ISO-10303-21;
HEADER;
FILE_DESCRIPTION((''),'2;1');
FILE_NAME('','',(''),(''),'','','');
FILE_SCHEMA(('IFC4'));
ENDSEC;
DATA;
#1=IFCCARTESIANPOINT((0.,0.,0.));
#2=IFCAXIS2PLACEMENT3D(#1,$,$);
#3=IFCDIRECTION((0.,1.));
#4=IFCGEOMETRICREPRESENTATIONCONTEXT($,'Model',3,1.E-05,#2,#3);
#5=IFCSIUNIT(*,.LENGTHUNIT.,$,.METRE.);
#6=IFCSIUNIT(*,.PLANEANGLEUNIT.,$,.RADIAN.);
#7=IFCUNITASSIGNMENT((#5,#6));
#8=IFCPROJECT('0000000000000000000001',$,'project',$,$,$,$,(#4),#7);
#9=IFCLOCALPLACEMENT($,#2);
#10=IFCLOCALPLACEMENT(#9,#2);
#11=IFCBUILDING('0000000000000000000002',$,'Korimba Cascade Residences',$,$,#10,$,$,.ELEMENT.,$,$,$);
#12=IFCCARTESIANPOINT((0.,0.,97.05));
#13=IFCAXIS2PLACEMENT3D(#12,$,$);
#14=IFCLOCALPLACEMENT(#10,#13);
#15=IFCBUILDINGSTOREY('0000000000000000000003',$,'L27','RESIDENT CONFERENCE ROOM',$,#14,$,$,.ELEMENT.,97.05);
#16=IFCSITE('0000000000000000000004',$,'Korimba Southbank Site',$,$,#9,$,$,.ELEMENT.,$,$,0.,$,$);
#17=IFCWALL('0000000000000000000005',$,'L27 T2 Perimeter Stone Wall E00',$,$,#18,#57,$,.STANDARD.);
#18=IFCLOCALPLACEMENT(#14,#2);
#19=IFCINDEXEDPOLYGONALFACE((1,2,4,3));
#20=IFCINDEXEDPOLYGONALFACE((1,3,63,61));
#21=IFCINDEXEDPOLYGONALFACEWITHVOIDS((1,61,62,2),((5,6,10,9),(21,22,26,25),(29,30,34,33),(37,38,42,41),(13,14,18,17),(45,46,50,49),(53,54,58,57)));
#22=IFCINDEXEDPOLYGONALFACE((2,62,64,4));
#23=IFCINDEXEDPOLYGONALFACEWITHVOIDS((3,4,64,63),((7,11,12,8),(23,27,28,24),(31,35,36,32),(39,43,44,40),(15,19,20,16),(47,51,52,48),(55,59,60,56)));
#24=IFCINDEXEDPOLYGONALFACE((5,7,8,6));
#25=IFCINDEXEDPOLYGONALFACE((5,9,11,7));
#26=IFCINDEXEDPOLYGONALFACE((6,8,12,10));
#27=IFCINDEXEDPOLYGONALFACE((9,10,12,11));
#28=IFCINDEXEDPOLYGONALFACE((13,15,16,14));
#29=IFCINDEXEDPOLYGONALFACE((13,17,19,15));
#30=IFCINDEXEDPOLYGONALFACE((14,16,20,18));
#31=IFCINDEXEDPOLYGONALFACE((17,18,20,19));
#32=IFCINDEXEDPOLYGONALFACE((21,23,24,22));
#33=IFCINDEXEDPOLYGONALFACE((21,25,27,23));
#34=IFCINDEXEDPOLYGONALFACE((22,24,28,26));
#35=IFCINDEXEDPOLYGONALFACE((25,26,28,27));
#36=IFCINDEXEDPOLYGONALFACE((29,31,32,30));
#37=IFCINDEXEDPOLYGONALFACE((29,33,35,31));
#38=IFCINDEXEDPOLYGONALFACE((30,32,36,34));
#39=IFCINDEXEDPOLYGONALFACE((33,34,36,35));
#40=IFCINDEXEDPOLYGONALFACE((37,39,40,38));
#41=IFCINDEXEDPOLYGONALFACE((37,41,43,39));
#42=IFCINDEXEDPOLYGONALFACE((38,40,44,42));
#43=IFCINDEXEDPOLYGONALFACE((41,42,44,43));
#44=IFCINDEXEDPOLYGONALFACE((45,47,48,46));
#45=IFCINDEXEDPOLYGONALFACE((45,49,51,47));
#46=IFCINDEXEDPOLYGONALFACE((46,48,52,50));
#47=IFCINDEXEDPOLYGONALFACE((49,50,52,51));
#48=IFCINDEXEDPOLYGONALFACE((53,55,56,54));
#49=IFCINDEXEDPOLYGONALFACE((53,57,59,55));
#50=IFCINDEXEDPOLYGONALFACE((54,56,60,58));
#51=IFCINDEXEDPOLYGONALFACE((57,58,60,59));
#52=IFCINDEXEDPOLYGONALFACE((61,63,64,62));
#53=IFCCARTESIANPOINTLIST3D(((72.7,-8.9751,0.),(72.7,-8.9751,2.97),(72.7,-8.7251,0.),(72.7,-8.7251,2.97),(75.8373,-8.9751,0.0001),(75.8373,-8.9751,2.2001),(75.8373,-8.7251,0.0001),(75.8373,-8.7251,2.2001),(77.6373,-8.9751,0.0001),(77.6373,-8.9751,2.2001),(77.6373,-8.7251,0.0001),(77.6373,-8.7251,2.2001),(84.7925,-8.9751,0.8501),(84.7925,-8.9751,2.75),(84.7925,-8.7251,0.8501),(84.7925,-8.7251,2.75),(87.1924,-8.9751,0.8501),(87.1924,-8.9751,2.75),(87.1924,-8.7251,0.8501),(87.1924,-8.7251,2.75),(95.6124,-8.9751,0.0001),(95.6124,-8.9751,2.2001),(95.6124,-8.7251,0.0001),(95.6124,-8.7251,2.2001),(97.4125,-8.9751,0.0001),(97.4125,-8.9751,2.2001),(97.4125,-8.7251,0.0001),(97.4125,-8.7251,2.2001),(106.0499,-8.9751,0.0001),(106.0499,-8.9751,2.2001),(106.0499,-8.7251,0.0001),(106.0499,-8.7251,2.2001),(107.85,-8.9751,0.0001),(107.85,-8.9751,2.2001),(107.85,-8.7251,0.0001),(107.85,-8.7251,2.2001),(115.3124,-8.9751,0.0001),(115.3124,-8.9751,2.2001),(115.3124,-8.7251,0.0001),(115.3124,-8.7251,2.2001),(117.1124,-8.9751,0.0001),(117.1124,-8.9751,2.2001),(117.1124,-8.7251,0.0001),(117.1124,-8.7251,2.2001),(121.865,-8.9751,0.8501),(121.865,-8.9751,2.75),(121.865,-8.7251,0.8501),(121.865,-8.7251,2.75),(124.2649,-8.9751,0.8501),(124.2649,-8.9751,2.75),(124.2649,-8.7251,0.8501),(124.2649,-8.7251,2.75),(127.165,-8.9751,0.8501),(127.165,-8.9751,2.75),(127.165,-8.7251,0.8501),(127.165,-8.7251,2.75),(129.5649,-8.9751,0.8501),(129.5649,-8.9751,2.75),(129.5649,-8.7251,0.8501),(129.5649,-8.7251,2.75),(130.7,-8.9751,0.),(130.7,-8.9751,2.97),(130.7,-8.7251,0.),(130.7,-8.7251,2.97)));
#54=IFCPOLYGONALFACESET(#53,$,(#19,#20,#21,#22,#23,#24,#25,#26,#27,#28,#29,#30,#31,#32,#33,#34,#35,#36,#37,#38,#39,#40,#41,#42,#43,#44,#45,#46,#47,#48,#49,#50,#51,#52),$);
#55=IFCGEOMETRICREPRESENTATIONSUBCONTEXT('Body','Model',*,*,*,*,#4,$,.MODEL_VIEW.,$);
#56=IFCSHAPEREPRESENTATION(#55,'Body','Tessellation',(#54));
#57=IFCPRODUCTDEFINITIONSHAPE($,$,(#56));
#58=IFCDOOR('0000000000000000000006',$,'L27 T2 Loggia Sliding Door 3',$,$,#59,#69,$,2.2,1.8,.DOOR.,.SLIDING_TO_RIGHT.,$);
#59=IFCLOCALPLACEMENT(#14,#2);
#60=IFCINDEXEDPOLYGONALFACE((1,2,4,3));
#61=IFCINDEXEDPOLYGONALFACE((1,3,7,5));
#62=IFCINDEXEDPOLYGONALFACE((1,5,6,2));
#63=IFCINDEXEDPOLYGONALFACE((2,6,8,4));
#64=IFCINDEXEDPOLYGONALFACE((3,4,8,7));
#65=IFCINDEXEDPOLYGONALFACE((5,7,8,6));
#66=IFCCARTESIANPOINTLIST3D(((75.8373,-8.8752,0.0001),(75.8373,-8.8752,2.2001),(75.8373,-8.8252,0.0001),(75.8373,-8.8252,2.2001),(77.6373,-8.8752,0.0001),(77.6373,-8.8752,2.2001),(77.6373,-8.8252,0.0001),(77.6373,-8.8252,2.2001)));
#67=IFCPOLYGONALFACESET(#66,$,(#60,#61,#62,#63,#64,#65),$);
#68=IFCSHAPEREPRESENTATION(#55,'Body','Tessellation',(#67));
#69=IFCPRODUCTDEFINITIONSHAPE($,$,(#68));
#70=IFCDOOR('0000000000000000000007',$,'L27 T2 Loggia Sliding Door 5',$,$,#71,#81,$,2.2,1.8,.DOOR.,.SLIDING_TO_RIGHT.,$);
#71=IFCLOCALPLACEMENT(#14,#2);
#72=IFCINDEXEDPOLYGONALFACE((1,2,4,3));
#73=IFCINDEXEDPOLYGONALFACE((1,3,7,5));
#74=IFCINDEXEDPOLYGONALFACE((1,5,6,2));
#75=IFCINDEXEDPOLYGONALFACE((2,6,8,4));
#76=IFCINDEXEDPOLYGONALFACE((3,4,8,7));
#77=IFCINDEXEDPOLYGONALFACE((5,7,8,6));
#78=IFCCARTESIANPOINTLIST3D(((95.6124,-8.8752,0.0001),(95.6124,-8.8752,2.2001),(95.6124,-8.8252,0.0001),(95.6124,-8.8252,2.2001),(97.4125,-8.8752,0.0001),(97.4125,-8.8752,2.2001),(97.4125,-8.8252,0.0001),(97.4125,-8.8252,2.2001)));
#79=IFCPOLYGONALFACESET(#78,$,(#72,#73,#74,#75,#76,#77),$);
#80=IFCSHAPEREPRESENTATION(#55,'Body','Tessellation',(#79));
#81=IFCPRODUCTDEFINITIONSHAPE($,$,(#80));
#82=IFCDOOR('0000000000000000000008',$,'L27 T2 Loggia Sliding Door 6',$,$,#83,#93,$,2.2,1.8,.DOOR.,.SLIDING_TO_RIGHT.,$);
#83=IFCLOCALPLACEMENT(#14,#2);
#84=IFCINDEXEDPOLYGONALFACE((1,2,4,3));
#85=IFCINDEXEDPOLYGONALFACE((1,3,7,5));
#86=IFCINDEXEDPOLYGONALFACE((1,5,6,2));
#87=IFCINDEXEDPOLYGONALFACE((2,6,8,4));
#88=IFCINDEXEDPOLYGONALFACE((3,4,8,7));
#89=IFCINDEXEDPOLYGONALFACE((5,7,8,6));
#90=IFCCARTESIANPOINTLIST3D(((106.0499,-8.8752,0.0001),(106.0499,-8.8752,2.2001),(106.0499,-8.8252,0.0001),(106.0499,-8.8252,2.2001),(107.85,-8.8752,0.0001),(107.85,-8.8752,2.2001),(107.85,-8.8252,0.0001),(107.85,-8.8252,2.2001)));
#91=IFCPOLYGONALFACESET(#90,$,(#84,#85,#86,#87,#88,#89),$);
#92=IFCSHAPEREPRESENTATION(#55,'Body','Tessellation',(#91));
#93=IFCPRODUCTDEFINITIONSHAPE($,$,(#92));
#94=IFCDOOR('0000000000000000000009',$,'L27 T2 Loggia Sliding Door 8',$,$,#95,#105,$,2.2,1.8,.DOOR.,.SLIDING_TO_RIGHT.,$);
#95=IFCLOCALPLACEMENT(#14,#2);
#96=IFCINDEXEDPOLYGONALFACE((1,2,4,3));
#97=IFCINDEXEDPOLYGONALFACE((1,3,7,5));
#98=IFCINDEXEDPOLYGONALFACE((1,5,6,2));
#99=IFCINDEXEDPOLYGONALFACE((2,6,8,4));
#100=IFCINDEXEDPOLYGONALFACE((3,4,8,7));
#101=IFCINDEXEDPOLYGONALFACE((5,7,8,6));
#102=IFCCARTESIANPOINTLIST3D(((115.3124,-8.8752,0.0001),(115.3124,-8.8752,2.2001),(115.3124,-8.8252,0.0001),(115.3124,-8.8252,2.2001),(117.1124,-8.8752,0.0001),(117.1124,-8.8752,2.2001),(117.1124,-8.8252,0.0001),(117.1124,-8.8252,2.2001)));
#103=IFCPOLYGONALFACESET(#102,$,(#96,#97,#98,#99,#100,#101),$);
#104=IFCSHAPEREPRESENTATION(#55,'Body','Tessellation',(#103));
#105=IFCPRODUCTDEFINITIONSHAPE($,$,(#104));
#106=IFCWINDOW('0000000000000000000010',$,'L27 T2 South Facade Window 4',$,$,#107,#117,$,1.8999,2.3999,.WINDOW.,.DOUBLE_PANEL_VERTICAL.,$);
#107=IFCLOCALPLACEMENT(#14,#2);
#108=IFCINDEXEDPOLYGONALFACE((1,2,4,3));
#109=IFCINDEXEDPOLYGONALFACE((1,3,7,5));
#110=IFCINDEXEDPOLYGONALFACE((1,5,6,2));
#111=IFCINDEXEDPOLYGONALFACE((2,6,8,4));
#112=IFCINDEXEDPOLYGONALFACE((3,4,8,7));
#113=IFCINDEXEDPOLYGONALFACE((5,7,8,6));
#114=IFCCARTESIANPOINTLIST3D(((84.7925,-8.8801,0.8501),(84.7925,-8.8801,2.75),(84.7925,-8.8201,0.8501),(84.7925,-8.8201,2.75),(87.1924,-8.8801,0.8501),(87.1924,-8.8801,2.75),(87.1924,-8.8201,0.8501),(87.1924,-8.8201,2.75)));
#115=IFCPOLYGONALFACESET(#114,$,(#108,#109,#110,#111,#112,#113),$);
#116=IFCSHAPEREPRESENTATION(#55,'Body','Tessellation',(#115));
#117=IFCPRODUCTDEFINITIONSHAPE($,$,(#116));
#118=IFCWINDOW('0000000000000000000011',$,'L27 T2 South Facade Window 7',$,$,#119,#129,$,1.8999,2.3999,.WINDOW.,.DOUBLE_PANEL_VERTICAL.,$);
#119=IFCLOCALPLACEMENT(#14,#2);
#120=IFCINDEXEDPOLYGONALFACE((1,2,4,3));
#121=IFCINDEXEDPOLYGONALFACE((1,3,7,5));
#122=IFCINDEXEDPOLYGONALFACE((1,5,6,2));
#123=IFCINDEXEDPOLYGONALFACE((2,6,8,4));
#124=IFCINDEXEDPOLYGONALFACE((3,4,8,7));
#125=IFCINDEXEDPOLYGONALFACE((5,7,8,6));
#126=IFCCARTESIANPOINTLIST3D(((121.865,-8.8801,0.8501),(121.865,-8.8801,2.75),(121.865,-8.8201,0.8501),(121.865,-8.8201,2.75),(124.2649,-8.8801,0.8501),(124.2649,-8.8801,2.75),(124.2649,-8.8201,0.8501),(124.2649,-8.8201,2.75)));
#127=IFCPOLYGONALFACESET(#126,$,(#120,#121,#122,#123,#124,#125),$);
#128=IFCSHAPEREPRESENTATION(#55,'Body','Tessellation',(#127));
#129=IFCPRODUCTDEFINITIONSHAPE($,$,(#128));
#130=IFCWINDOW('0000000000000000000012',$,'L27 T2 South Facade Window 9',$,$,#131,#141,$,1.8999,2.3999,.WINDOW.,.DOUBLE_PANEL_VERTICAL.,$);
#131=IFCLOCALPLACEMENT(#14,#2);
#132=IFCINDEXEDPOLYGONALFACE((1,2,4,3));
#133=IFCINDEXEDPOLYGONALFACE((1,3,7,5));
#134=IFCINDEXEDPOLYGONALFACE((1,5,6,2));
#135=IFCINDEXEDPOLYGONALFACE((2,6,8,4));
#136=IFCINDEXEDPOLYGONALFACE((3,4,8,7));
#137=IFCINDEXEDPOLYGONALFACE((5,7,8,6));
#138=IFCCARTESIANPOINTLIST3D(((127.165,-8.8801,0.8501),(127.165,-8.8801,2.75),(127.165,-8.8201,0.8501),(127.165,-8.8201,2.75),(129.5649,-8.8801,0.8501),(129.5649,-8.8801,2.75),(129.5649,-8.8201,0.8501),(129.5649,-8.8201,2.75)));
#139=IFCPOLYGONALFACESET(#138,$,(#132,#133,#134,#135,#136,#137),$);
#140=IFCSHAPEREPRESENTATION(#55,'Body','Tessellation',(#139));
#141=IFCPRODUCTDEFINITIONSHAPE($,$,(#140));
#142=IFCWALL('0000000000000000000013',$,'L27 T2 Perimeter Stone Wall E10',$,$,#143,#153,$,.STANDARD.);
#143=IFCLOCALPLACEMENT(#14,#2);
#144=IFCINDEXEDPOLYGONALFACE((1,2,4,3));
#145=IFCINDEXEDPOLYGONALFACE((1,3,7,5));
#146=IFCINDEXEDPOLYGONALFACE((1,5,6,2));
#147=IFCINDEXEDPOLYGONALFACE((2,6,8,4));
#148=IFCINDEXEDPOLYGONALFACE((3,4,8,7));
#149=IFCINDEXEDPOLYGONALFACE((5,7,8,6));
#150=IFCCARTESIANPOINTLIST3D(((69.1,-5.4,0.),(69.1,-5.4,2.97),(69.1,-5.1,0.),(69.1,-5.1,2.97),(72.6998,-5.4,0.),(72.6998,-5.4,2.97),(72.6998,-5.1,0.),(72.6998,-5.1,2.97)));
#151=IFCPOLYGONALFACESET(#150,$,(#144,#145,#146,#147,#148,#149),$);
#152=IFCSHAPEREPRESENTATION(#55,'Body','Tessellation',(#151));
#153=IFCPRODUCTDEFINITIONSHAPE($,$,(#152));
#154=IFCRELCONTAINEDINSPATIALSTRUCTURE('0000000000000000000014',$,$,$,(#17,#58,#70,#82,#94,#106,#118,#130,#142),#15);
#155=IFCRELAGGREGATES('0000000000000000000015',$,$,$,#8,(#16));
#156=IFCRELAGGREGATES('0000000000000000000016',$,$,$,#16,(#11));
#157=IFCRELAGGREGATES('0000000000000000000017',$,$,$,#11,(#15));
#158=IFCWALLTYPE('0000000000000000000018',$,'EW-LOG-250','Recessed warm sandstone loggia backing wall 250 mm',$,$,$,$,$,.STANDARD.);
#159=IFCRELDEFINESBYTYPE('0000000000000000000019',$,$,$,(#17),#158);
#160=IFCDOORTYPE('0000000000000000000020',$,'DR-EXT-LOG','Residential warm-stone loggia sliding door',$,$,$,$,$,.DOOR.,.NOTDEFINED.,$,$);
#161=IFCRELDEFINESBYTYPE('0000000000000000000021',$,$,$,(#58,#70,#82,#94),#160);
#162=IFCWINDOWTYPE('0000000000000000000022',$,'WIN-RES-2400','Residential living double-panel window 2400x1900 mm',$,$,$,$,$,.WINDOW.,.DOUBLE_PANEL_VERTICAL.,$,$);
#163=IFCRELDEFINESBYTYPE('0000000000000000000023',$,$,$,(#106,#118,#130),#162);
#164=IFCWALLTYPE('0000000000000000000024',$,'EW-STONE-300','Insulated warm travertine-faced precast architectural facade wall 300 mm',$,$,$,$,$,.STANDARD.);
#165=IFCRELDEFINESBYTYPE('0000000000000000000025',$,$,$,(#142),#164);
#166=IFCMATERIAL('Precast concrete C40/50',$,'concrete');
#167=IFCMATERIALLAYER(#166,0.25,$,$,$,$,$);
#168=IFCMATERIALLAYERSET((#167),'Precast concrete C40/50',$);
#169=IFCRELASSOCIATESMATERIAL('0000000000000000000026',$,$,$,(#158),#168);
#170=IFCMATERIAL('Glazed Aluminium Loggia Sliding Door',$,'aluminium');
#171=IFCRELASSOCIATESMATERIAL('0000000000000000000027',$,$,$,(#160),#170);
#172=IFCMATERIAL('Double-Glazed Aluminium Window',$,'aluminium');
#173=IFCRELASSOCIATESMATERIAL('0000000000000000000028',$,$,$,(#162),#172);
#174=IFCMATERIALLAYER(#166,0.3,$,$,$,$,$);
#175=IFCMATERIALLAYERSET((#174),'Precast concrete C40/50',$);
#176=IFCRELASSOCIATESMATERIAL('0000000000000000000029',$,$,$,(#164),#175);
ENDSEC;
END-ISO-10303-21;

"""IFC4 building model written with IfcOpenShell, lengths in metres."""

from ifc_helpers import new_model, si_unit, direction, frame, frame_2d, origin, place, context, subcontext, project, spatial, rectangle, extrude, material, layer, layer_set, type_object, element, fill, save


model = new_model("IFC4")

# Units and contexts
model_context = context("Model", 3, precision=1e-05, world=origin(), true_north=direction((0.0, 1.0)))
body_context = subcontext(model_context, "Body", "Model", "MODEL_VIEW")
ifc_project = project(units=[si_unit("LENGTHUNIT", "METRE"), si_unit("PLANEANGLEUNIT", "RADIAN")], contexts=[model_context])

# Site, building, storey
site_placement = place(None, origin())
site = spatial("IfcSite", under=ifc_project, at=site_placement, Name="Korimba Southbank Site", CompositionType="ELEMENT", RefElevation=0.0)
building_placement = place(site_placement, origin())
building = spatial("IfcBuilding", under=site, at=building_placement, Name="Korimba Cascade Residences", CompositionType="ELEMENT")
storey_placement = place(building_placement, frame((0.0, 0.0, 97.05)))
storey = spatial("IfcBuildingStorey", under=building, at=storey_placement, Name="L27", Description="RESIDENT CONFERENCE ROOM", CompositionType="ELEMENT", Elevation=97.05)

# Wall, openings, doors, windows
ifc_material_1 = material(Name="Precast concrete C40/50", Category="concrete")
ifc_layer_1 = layer(ifc_material_1, 0.25)
ifc_layer_set_1 = layer_set([ifc_layer_1], Name="Precast concrete C40/50")
wall_type_1 = type_object("IfcWallType", Name="EW-LOG-250", Description="Recessed warm sandstone loggia backing wall 250 mm", PredefinedType="STANDARD", material=ifc_layer_set_1)
wall_1_placement = place(storey_placement, frame((72.7, -8.8501, 0.0), z_axis=(0.0, 0.0, 1.0), x_axis=(1.0, 0.0, 0.0)))
wall_1 = element("IfcWall", 1, at=wall_1_placement, inside=storey, type_object=wall_type_1, Name="L27 T2 Perimeter Stone Wall E00", PredefinedType="STANDARD", context=body_context, shape_type="SweptSolid", body=[
    extrude(rectangle(XDim=58.0, YDim=0.25, at=frame_2d((29.0, 0.0))), origin(), (0.0, 0.0, 1.0), 2.97),
])
opening_1_placement = place(wall_1_placement, frame((3.1375, 0.0, 0.0)))
opening_1 = element("IfcOpeningElement", 2, at=opening_1_placement, cuts=wall_1, PredefinedType="OPENING", context=body_context, shape_type="SweptSolid", body=[
    extrude(rectangle(XDim=1.8, YDim=2.2, at=frame_2d((0.8999, 1.1001))), frame((0.0, 0.135, 0.0), z_axis=(0.0, -1.0, 0.0), x_axis=(1.0, 0.0, 0.0)), (0.0, 0.0, 1.0), 0.27),
])
opening_2_placement = place(wall_1_placement, frame((12.0925, 0.0, 0.8501)))
opening_2 = element("IfcOpeningElement", 3, at=opening_2_placement, cuts=wall_1, PredefinedType="OPENING", context=body_context, shape_type="SweptSolid", body=[
    extrude(rectangle(XDim=2.3999, YDim=1.8999, at=frame_2d((1.2, 0.95))), frame((0.0, 0.135, 0.0), z_axis=(0.0, -1.0, 0.0), x_axis=(1.0, 0.0, 0.0)), (0.0, 0.0, 1.0), 0.27),
])
opening_3_placement = place(wall_1_placement, frame((22.9126, 0.0, 0.0)))
opening_3 = element("IfcOpeningElement", 4, at=opening_3_placement, cuts=wall_1, PredefinedType="OPENING", context=body_context, shape_type="SweptSolid", body=[
    extrude(rectangle(XDim=1.8, YDim=2.2, at=frame_2d((0.8999, 1.1001))), frame((0.0, 0.135, 0.0), z_axis=(0.0, -1.0, 0.0), x_axis=(1.0, 0.0, 0.0)), (0.0, 0.0, 1.0), 0.27),
])
opening_4_placement = place(wall_1_placement, frame((33.3501, 0.0, 0.0)))
opening_4 = element("IfcOpeningElement", 5, at=opening_4_placement, cuts=wall_1, PredefinedType="OPENING", context=body_context, shape_type="SweptSolid", body=[
    extrude(rectangle(XDim=1.8, YDim=2.2, at=frame_2d((0.8999, 1.1001))), frame((0.0, 0.135, 0.0), z_axis=(0.0, -1.0, 0.0), x_axis=(1.0, 0.0, 0.0)), (0.0, 0.0, 1.0), 0.27),
])
opening_5_placement = place(wall_1_placement, frame((49.165, 0.0, 0.8501)))
opening_5 = element("IfcOpeningElement", 6, at=opening_5_placement, cuts=wall_1, PredefinedType="OPENING", context=body_context, shape_type="SweptSolid", body=[
    extrude(rectangle(XDim=2.3999, YDim=1.8999, at=frame_2d((1.2, 0.95))), frame((0.0, 0.135, 0.0), z_axis=(0.0, -1.0, 0.0), x_axis=(1.0, 0.0, 0.0)), (0.0, 0.0, 1.0), 0.27),
])
opening_6_placement = place(wall_1_placement, frame((42.6125, 0.0, 0.0)))
opening_6 = element("IfcOpeningElement", 7, at=opening_6_placement, cuts=wall_1, PredefinedType="OPENING", context=body_context, shape_type="SweptSolid", body=[
    extrude(rectangle(XDim=1.8, YDim=2.2, at=frame_2d((0.8999, 1.1001))), frame((0.0, 0.135, 0.0), z_axis=(0.0, -1.0, 0.0), x_axis=(1.0, 0.0, 0.0)), (0.0, 0.0, 1.0), 0.27),
])
opening_7_placement = place(wall_1_placement, frame((54.4651, 0.0, 0.8501)))
opening_7 = element("IfcOpeningElement", 8, at=opening_7_placement, cuts=wall_1, PredefinedType="OPENING", context=body_context, shape_type="SweptSolid", body=[
    extrude(rectangle(XDim=2.3999, YDim=1.8999, at=frame_2d((1.2, 0.95))), frame((0.0, 0.135, 0.0), z_axis=(0.0, -1.0, 0.0), x_axis=(1.0, 0.0, 0.0)), (0.0, 0.0, 1.0), 0.27),
])
ifc_material_2 = material(Name="Glazed Aluminium Loggia Sliding Door", Category="aluminium")
door_type_1 = type_object("IfcDoorType", Name="DR-EXT-LOG", Description="Residential warm-stone loggia sliding door", OperationType="NOTDEFINED", PredefinedType="DOOR", material=ifc_material_2)
door_1_placement = place(opening_1_placement, origin())
door_1 = element("IfcDoor", 9, at=door_1_placement, inside=storey, type_object=door_type_1, Name="L27 T2 Loggia Sliding Door 3", OperationType="SLIDING_TO_RIGHT", OverallHeight=2.2, OverallWidth=1.8, PredefinedType="DOOR", context=body_context, shape_type="SweptSolid", body=[
    extrude(rectangle(XDim=1.8, YDim=2.2, at=frame_2d((0.8999, 1.1001))), frame((0.0, 0.0249, 0.0), z_axis=(0.0, -1.0, 0.0), x_axis=(1.0, 0.0, 0.0)), (0.0, 0.0, 1.0), 0.05),
])
fill(opening_1, door_1)
door_2_placement = place(opening_3_placement, origin())
door_2 = element("IfcDoor", 10, at=door_2_placement, inside=storey, type_object=door_type_1, Name="L27 T2 Loggia Sliding Door 5", OperationType="SLIDING_TO_RIGHT", OverallHeight=2.2, OverallWidth=1.8, PredefinedType="DOOR", context=body_context, shape_type="SweptSolid", body=[
    extrude(rectangle(XDim=1.8, YDim=2.2, at=frame_2d((0.8999, 1.1001))), frame((0.0, 0.0249, 0.0), z_axis=(0.0, -1.0, 0.0), x_axis=(1.0, 0.0, 0.0)), (0.0, 0.0, 1.0), 0.05),
])
fill(opening_3, door_2)
door_3_placement = place(opening_4_placement, origin())
door_3 = element("IfcDoor", 11, at=door_3_placement, inside=storey, type_object=door_type_1, Name="L27 T2 Loggia Sliding Door 6", OperationType="SLIDING_TO_RIGHT", OverallHeight=2.2, OverallWidth=1.8, PredefinedType="DOOR", context=body_context, shape_type="SweptSolid", body=[
    extrude(rectangle(XDim=1.8, YDim=2.2, at=frame_2d((0.8999, 1.1001))), frame((0.0, 0.0249, 0.0), z_axis=(0.0, -1.0, 0.0), x_axis=(1.0, 0.0, 0.0)), (0.0, 0.0, 1.0), 0.05),
])
fill(opening_4, door_3)
door_4_placement = place(opening_6_placement, origin())
door_4 = element("IfcDoor", 12, at=door_4_placement, inside=storey, type_object=door_type_1, Name="L27 T2 Loggia Sliding Door 8", OperationType="SLIDING_TO_RIGHT", OverallHeight=2.2, OverallWidth=1.8, PredefinedType="DOOR", context=body_context, shape_type="SweptSolid", body=[
    extrude(rectangle(XDim=1.8, YDim=2.2, at=frame_2d((0.8999, 1.1001))), frame((0.0, 0.0249, 0.0), z_axis=(0.0, -1.0, 0.0), x_axis=(1.0, 0.0, 0.0)), (0.0, 0.0, 1.0), 0.05),
])
fill(opening_6, door_4)
ifc_material_3 = material(Name="Double-Glazed Aluminium Window", Category="aluminium")
window_type = type_object("IfcWindowType", Name="WIN-RES-2400", Description="Residential living double-panel window 2400x1900 mm", PartitioningType="DOUBLE_PANEL_VERTICAL", PredefinedType="WINDOW", material=ifc_material_3)
window_1_placement = place(opening_2_placement, origin())
window_1 = element("IfcWindow", 13, at=window_1_placement, inside=storey, type_object=window_type, Name="L27 T2 South Facade Window 4", OverallHeight=1.8999, OverallWidth=2.3999, PartitioningType="DOUBLE_PANEL_VERTICAL", PredefinedType="WINDOW", context=body_context, shape_type="SweptSolid", body=[
    extrude(rectangle(XDim=2.3999, YDim=1.8999, at=frame_2d((1.2, 0.95))), frame((0.0, 0.03, 0.0), z_axis=(0.0, -1.0, 0.0), x_axis=(1.0, 0.0, 0.0)), (0.0, 0.0, 1.0), 0.0601),
])
fill(opening_2, window_1)
window_2_placement = place(opening_5_placement, origin())
window_2 = element("IfcWindow", 14, at=window_2_placement, inside=storey, type_object=window_type, Name="L27 T2 South Facade Window 7", OverallHeight=1.8999, OverallWidth=2.3999, PartitioningType="DOUBLE_PANEL_VERTICAL", PredefinedType="WINDOW", context=body_context, shape_type="SweptSolid", body=[
    extrude(rectangle(XDim=2.3999, YDim=1.8999, at=frame_2d((1.2, 0.95))), frame((0.0, 0.03, 0.0), z_axis=(0.0, -1.0, 0.0), x_axis=(1.0, 0.0, 0.0)), (0.0, 0.0, 1.0), 0.0601),
])
fill(opening_5, window_2)
window_3_placement = place(opening_7_placement, origin())
window_3 = element("IfcWindow", 15, at=window_3_placement, inside=storey, type_object=window_type, Name="L27 T2 South Facade Window 9", OverallHeight=1.8999, OverallWidth=2.3999, PartitioningType="DOUBLE_PANEL_VERTICAL", PredefinedType="WINDOW", context=body_context, shape_type="SweptSolid", body=[
    extrude(rectangle(XDim=2.3999, YDim=1.8999, at=frame_2d((1.2, 0.95))), frame((0.0, 0.03, 0.0), z_axis=(0.0, -1.0, 0.0), x_axis=(1.0, 0.0, 0.0)), (0.0, 0.0, 1.0), 0.0601),
])
fill(opening_7, window_3)

# Wall
ifc_layer_2 = layer(ifc_material_1, 0.3)
ifc_layer_set_2 = layer_set([ifc_layer_2], Name="Precast concrete C40/50")
wall_type_2 = type_object("IfcWallType", Name="EW-STONE-300", Description="Insulated warm travertine-faced precast architectural facade wall 300 mm", PredefinedType="STANDARD", material=ifc_layer_set_2)
wall_2_placement = place(storey_placement, frame((69.1001, -5.25, 0.0), z_axis=(0.0, 0.0, 1.0), x_axis=(1.0, 0.0, 0.0)))
element("IfcWall", 16, at=wall_2_placement, inside=storey, type_object=wall_type_2, Name="L27 T2 Perimeter Stone Wall E10", PredefinedType="STANDARD", context=body_context, shape_type="SweptSolid", body=[
    extrude(rectangle(XDim=3.5999, YDim=0.3, at=frame_2d((1.7998, 0.0))), origin(), (0.0, 0.0, 1.0), 2.97),
])

save(model, "model.ifc")
